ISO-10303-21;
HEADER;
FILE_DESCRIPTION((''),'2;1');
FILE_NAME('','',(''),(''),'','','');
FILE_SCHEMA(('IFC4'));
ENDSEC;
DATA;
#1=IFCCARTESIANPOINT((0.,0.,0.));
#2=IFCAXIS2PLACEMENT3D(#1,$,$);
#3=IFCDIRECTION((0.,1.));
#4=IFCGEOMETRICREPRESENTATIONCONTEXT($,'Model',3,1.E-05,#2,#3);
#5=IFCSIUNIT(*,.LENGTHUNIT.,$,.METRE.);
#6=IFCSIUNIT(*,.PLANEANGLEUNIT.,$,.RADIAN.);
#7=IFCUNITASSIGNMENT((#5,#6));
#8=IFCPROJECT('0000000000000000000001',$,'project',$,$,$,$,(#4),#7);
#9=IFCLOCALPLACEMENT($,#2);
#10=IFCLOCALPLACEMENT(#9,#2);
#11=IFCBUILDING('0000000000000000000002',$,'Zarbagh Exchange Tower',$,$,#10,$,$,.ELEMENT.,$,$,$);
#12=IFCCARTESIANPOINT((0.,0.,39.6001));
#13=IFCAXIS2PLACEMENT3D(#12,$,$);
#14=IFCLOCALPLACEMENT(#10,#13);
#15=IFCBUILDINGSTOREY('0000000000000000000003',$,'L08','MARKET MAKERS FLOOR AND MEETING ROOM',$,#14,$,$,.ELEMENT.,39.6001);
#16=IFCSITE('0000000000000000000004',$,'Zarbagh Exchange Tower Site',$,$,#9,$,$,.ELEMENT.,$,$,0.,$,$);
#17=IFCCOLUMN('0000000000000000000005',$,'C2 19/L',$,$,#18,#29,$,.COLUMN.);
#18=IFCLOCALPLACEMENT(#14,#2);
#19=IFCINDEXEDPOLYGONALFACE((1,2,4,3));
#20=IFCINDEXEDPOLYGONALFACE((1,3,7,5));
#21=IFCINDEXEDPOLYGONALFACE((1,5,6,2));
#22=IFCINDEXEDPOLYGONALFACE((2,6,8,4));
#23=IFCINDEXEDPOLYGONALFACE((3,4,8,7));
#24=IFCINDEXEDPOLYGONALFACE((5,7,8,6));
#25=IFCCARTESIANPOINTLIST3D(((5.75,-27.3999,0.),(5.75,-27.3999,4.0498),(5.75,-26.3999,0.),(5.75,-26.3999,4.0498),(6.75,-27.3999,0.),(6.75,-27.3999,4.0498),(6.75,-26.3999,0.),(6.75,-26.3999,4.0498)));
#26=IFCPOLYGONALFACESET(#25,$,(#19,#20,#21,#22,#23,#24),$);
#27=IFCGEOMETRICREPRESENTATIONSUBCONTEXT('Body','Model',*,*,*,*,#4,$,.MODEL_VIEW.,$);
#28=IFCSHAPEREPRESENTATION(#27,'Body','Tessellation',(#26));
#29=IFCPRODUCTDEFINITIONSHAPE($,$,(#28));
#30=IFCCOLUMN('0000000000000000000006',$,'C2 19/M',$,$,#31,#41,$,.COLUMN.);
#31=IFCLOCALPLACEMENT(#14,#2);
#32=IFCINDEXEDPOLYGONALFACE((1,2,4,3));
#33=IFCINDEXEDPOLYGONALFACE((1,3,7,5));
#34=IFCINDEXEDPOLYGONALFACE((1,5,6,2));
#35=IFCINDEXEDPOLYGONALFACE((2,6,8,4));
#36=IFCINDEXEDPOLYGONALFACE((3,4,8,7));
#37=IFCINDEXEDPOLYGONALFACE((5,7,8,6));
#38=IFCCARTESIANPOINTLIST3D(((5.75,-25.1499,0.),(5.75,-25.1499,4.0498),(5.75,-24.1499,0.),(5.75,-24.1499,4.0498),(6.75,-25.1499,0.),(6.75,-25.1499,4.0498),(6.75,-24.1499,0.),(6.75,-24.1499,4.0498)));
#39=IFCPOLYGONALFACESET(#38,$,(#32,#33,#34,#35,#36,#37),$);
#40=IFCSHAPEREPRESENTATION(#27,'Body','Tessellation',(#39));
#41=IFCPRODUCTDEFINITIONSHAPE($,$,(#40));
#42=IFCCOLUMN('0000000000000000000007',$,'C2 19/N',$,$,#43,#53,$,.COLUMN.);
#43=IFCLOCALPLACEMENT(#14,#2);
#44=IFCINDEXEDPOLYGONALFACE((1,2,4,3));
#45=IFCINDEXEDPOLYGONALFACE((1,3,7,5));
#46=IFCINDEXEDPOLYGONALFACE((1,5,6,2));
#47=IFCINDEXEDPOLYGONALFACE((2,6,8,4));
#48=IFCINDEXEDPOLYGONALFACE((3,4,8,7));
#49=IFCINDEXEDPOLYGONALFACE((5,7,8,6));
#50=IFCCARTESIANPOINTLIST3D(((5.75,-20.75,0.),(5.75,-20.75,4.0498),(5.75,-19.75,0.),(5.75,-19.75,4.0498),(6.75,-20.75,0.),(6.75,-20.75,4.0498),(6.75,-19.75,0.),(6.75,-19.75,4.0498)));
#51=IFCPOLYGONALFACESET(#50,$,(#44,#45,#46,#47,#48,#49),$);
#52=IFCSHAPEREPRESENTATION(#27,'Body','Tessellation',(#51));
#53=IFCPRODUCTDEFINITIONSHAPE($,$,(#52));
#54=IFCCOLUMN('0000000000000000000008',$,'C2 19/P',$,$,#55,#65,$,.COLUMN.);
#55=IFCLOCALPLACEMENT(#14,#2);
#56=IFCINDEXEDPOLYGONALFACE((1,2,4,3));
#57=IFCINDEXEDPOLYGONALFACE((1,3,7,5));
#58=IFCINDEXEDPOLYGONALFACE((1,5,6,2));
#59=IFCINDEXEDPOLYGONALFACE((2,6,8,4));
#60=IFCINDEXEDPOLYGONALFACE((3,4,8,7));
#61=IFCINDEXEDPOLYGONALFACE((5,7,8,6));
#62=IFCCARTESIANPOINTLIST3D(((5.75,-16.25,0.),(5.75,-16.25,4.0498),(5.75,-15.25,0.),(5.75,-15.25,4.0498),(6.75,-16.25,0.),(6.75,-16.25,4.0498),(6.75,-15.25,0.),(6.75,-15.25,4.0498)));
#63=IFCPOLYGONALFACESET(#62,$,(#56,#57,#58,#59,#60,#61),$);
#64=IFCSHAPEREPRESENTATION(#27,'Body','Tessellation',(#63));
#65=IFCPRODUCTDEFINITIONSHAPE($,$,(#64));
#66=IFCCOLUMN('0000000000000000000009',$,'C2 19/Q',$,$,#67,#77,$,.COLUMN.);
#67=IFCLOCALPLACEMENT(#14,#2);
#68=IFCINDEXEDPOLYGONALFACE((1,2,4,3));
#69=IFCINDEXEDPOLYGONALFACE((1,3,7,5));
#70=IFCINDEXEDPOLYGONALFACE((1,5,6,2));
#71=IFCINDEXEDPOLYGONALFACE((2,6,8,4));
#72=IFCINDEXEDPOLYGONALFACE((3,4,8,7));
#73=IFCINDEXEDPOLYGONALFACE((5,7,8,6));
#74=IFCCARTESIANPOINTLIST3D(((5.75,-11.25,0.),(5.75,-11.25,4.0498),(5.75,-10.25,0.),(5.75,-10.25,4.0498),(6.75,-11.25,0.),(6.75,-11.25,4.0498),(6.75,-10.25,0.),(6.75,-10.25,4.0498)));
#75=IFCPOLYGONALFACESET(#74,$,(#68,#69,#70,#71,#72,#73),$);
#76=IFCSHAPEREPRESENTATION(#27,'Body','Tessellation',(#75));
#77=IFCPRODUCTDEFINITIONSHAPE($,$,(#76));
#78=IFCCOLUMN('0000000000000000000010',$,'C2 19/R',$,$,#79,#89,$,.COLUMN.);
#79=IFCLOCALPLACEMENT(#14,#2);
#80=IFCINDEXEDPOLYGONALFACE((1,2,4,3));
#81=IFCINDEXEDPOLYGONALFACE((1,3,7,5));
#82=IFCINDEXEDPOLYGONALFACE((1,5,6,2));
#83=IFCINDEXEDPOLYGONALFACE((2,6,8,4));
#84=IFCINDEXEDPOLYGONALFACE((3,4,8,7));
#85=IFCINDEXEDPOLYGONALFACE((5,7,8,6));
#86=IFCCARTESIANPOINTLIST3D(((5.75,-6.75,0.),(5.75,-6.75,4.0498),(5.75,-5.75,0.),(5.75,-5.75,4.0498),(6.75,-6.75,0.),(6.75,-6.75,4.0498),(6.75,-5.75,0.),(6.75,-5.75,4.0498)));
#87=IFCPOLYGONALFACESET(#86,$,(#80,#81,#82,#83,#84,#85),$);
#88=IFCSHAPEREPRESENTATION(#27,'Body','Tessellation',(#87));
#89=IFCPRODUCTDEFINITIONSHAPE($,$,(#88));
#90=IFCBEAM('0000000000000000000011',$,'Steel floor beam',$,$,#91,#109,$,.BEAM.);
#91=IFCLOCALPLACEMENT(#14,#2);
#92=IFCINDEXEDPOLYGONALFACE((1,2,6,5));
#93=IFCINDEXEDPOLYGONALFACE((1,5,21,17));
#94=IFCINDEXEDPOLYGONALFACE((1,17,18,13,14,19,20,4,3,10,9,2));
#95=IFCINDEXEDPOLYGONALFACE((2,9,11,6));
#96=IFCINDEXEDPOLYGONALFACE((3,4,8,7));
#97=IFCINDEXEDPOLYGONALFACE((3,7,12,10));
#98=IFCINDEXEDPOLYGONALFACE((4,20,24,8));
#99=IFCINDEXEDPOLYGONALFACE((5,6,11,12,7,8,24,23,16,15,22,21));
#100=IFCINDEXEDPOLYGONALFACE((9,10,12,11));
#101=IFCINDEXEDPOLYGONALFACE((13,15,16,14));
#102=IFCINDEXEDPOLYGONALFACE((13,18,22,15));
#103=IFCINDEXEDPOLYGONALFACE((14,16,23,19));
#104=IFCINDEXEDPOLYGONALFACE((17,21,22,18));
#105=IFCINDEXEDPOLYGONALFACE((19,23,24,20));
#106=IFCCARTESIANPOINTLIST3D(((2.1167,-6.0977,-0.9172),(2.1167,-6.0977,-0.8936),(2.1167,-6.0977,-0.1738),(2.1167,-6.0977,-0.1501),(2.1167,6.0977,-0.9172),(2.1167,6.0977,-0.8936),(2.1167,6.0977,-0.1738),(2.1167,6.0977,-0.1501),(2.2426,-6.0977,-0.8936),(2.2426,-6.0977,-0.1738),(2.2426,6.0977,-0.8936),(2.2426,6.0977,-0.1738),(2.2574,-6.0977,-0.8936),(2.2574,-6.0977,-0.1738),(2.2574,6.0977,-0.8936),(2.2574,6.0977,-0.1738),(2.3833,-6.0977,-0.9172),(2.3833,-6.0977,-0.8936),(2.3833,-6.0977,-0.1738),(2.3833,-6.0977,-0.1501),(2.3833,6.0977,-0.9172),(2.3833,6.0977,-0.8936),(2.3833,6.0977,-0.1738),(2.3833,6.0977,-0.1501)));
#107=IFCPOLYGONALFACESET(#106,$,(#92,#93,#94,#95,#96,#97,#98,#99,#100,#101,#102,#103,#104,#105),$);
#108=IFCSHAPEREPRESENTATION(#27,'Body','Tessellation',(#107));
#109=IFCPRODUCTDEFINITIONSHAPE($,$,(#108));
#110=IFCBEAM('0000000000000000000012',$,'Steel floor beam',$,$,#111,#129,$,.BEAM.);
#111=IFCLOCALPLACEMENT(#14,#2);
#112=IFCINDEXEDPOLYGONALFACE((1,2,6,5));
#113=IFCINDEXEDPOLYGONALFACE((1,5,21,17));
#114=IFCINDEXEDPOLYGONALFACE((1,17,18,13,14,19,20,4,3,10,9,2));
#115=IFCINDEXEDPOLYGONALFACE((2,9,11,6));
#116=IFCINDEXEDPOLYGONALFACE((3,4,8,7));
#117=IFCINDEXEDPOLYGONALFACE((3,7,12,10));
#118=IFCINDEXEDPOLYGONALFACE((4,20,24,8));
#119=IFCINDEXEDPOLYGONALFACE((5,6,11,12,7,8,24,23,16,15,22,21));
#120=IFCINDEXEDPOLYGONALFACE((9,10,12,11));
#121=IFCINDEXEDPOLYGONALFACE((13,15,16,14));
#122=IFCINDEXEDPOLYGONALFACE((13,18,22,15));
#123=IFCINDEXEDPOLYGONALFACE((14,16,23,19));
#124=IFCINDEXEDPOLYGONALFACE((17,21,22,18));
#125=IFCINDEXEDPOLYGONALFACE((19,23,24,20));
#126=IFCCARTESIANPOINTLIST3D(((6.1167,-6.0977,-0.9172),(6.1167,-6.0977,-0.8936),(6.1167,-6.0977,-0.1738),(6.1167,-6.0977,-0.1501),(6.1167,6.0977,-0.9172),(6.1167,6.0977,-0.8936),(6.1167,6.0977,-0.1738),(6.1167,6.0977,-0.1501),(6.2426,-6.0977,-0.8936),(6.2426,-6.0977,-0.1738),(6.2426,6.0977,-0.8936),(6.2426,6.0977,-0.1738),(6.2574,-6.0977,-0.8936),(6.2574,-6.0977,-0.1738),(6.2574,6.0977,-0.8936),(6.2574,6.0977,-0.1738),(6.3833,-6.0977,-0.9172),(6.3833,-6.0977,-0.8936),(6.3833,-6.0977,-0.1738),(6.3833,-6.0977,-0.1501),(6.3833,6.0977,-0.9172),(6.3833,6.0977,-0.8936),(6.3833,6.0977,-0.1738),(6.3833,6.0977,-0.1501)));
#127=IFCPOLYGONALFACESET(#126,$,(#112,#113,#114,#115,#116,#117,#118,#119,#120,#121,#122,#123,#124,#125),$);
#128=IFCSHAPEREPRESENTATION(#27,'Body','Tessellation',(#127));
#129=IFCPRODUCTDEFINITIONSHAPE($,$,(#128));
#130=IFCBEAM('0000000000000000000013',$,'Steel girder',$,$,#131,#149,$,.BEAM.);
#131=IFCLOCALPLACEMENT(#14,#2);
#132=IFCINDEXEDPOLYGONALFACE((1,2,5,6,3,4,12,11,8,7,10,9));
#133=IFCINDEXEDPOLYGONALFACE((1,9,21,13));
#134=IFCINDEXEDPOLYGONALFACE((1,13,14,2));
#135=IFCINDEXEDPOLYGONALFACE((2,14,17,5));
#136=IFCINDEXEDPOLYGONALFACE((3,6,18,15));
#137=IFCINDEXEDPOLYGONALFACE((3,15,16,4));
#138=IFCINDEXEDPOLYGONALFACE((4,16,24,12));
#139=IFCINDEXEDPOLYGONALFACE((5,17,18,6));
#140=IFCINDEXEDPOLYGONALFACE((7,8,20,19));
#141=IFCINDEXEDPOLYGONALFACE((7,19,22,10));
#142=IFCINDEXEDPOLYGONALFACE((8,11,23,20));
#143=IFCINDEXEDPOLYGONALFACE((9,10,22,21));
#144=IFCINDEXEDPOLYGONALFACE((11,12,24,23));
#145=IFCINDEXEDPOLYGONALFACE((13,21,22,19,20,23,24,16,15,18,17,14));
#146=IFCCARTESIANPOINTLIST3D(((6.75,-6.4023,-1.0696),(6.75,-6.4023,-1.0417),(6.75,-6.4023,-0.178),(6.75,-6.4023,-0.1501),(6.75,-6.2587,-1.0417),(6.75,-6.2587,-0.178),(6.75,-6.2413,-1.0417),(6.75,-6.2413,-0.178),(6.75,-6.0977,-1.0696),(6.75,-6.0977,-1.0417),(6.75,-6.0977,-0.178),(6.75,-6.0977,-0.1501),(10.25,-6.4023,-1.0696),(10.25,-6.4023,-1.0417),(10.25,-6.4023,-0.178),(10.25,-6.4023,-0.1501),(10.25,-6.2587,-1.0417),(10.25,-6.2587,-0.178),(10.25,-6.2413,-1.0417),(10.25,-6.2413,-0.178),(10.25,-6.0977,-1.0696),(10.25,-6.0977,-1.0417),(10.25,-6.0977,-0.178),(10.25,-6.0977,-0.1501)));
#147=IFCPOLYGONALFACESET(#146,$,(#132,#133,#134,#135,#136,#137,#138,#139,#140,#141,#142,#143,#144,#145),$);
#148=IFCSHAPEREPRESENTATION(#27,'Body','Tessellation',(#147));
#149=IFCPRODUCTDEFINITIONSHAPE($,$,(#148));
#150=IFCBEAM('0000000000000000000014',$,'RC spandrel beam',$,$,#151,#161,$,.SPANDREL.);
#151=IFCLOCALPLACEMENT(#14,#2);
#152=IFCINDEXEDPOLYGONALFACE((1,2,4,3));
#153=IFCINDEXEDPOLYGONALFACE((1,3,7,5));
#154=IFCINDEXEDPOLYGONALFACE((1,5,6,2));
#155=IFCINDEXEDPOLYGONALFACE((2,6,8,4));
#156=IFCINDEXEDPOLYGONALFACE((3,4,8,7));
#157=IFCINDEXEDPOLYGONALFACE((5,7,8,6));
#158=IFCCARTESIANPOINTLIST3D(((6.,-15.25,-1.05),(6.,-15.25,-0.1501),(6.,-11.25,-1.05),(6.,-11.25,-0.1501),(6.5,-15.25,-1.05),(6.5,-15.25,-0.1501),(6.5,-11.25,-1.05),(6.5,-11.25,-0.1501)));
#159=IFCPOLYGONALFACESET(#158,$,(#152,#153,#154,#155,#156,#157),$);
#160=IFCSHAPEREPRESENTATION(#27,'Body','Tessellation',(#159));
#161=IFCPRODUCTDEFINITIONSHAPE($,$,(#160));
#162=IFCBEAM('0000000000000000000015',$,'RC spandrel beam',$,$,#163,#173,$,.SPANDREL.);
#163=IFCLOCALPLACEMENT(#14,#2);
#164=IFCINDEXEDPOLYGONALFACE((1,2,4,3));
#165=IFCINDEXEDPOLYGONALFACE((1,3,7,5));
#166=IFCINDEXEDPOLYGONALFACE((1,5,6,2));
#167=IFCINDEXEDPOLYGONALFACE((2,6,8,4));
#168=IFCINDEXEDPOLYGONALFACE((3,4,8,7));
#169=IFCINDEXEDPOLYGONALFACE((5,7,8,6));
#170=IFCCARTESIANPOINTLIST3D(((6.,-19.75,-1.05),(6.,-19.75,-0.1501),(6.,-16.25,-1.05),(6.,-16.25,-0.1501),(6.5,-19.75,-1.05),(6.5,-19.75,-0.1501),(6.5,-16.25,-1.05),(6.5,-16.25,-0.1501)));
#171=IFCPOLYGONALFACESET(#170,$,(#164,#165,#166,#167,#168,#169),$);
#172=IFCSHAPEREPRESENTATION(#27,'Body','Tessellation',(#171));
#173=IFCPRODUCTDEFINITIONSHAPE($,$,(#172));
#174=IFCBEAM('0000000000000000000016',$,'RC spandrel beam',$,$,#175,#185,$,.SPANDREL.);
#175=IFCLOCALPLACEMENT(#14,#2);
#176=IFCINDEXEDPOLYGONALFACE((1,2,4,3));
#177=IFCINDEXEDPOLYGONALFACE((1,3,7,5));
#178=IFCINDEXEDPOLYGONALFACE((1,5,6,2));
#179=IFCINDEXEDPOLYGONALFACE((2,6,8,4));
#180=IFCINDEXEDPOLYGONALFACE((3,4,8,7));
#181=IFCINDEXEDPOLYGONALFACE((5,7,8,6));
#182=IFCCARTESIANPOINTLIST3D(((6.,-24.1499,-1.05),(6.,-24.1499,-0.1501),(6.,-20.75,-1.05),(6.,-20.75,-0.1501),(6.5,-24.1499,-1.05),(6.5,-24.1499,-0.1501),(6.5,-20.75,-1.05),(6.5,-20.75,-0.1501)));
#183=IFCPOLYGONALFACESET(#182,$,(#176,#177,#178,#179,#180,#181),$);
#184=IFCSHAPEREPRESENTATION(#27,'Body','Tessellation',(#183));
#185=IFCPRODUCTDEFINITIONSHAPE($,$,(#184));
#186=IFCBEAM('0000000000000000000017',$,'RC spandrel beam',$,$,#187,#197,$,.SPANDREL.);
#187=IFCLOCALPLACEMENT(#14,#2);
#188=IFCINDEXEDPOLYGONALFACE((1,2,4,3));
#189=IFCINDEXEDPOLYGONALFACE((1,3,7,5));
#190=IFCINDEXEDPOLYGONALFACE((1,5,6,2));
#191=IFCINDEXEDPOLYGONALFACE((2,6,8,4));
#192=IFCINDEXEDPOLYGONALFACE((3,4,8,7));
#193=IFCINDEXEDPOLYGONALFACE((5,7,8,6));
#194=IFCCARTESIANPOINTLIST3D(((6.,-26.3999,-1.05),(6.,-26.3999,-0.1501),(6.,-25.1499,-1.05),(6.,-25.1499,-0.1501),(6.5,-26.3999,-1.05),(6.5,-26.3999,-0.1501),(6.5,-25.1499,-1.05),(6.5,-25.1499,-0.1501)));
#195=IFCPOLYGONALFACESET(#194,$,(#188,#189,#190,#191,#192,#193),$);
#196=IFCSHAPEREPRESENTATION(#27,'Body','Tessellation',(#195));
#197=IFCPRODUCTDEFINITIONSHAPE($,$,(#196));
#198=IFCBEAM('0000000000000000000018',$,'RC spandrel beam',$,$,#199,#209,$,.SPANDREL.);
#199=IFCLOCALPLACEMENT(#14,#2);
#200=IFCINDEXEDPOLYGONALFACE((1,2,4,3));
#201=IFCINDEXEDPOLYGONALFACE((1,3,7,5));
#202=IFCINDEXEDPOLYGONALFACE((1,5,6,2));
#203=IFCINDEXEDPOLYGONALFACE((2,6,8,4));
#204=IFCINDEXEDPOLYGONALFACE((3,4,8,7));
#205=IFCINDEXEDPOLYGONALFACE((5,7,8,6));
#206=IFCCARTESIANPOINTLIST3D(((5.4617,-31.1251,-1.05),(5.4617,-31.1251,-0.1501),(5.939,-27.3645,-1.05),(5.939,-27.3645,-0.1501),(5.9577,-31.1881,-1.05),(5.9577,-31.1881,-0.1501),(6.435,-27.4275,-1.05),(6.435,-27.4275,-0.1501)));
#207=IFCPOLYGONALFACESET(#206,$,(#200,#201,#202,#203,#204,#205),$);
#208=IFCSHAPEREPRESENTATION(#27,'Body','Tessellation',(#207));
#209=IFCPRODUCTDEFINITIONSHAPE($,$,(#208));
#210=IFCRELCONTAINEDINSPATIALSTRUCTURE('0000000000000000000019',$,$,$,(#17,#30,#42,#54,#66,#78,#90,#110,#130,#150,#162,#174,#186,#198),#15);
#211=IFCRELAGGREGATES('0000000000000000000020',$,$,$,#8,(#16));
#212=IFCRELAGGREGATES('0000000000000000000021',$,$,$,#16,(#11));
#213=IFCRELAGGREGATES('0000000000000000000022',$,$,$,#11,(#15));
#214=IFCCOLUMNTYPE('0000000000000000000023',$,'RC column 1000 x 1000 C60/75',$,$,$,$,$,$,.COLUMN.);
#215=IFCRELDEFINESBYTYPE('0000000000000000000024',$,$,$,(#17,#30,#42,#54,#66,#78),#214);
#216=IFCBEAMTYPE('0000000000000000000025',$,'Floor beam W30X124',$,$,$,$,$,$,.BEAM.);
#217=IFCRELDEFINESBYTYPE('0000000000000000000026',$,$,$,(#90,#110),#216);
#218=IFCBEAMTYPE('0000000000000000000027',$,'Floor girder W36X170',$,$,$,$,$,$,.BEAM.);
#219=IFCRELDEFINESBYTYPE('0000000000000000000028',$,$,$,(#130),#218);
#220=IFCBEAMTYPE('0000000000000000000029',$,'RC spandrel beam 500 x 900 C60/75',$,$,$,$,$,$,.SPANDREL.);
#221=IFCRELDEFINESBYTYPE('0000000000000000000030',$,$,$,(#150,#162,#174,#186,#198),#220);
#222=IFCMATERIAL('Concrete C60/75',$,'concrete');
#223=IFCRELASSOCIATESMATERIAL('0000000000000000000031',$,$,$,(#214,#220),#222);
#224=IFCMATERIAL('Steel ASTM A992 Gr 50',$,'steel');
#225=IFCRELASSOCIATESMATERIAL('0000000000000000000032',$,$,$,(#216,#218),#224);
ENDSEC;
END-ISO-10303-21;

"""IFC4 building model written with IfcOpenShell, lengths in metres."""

from ifc_helpers import new_model, si_unit, direction, frame, origin, origin_2d, place, context, subcontext, project, spatial, rectangle, i_section, extrude, material, material_profile, profile_set, type_object, element, save


model = new_model("IFC4")

# Units and contexts
model_context = context("Model", 3, precision=1e-05, world=origin(), true_north=direction((0.0, 1.0)))
body_context = subcontext(model_context, "Body", "Model", "MODEL_VIEW")
ifc_project = project(units=[si_unit("LENGTHUNIT", "METRE"), si_unit("PLANEANGLEUNIT", "RADIAN")], contexts=[model_context])

# Site, building, storey
site_placement = place(None, origin())
site = spatial("IfcSite", under=ifc_project, at=site_placement, Name="Zarbagh Exchange Tower Site", CompositionType="ELEMENT", RefElevation=0.0)
building_placement = place(site_placement, origin())
building = spatial("IfcBuilding", under=site, at=building_placement, Name="Zarbagh Exchange Tower", CompositionType="ELEMENT")
storey_placement = place(building_placement, frame((0.0, 0.0, 39.6001)))
storey = spatial("IfcBuildingStorey", under=building, at=storey_placement, Name="L08", Description="MARKET MAKERS FLOOR AND MEETING ROOM", CompositionType="ELEMENT", Elevation=39.6001)

# Columns
ifc_material_1 = material(Name="Concrete C60/75", Category="concrete")
ifc_material_profile_1 = material_profile(ifc_material_1, rectangle(XDim=1.0, YDim=1.0, at=origin_2d()), Name="RC column 1000 x 1000 C60/75")
ifc_profile_set_1 = profile_set([ifc_material_profile_1], Name="Concrete C60/75")
column_type = type_object("IfcColumnType", Name="RC column 1000 x 1000 C60/75", PredefinedType="COLUMN", material=ifc_profile_set_1)
for number, where, z_axis, x_axis, name in (
    (1, (6.25, -26.8999, 0.0), (0.0, 0.0, 1.0), (1.0, 0.0, 0.0), "C2 19/L"),
    (2, (6.25, -24.6499, 0.0), (0.0, 0.0, 1.0), (1.0, 0.0, 0.0), "C2 19/M"),
    (3, (6.25, -20.25, 0.0), (0.0, 0.0, 1.0), (1.0, 0.0, 0.0), "C2 19/N"),
    (4, (6.25, -15.75, 0.0), (0.0, 0.0, 1.0), (1.0, 0.0, 0.0), "C2 19/P"),
    (5, (6.25, -10.75, 0.0), (0.0, 0.0, 1.0), (1.0, 0.0, 0.0), "C2 19/Q"),
    (6, (6.25, -6.25, 0.0), (0.0, 0.0, 1.0), (1.0, 0.0, 0.0), "C2 19/R"),
):
    element("IfcColumn", number, at=place(storey_placement, frame(where, z_axis=z_axis, x_axis=x_axis)), inside=storey, type_object=column_type, Name=name, PredefinedType="COLUMN", context=body_context, shape_type="SweptSolid", body=[
        extrude(rectangle(XDim=1.0, YDim=1.0, at=origin_2d()), origin(), (0.0, 0.0, 1.0), 4.0498),
    ])

# Beams
ifc_material_2 = material(Name="Steel ASTM A992 Gr 50", Category="steel")
ifc_material_profile_2 = material_profile(ifc_material_2, i_section(OverallWidth=0.2666, OverallDepth=0.7671, WebThickness=0.0149, FlangeThickness=0.0237, at=origin_2d()), Name="W30X124")
ifc_profile_set_2 = profile_set([ifc_material_profile_2], Name="Steel ASTM A992 Gr 50")
beam_type_1 = type_object("IfcBeamType", Name="Floor beam W30X124", PredefinedType="BEAM", material=ifc_profile_set_2)
for number, where, z_axis, x_axis, name in (
    (7, (2.25, -6.0977, -0.5337), (0.0, 1.0, 0.0), (-1.0, 0.0, 0.0), "Steel floor beam"),
    (8, (6.25, -6.0977, -0.5337), (0.0, 1.0, 0.0), (-1.0, 0.0, 0.0), "Steel floor beam"),
):
    element("IfcBeam", number, at=place(storey_placement, frame(where, z_axis=z_axis, x_axis=x_axis)), inside=storey, type_object=beam_type_1, Name=name, PredefinedType="BEAM", context=body_context, shape_type="SweptSolid", body=[
        extrude(i_section(OverallWidth=0.2666, OverallDepth=0.7671, WebThickness=0.0149, FlangeThickness=0.0237, at=origin_2d()), origin(), (0.0, 0.0, 1.0), 12.1953),
    ])
ifc_material_profile_3 = material_profile(ifc_material_2, i_section(OverallWidth=0.3047, OverallDepth=0.9194, WebThickness=0.0173, FlangeThickness=0.0278, at=origin_2d()), Name="W36X170")
ifc_profile_set_3 = profile_set([ifc_material_profile_3], Name="Steel ASTM A992 Gr 50")
beam_type_2 = type_object("IfcBeamType", Name="Floor girder W36X170", PredefinedType="BEAM", material=ifc_profile_set_3)
beam_1_placement = place(storey_placement, frame((6.75, -6.25, -0.6099), z_axis=(1.0, 0.0, 0.0), x_axis=(0.0, 1.0, 0.0)))
element("IfcBeam", 9, at=beam_1_placement, inside=storey, type_object=beam_type_2, Name="Steel girder", PredefinedType="BEAM", context=body_context, shape_type="SweptSolid", body=[
    extrude(i_section(OverallWidth=0.3047, OverallDepth=0.9194, WebThickness=0.0173, FlangeThickness=0.0278, at=origin_2d()), origin(), (0.0, 0.0, 1.0), 3.5),
])
ifc_material_profile_4 = material_profile(ifc_material_1, rectangle(XDim=0.5, YDim=0.8999, at=origin_2d()), Name="RC spandrel beam 500 x 900 C60/75")
ifc_profile_set_4 = profile_set([ifc_material_profile_4], Name="Concrete C60/75")
beam_type_3 = type_object("IfcBeamType", Name="RC spandrel beam 500 x 900 C60/75", PredefinedType="SPANDREL", material=ifc_profile_set_4)
beam_2_placement = place(storey_placement, frame((6.25, -11.25, -0.6001), z_axis=(0.0, -1.0, 0.0), x_axis=(1.0, 0.0, 0.0)))
element("IfcBeam", 10, at=beam_2_placement, inside=storey, type_object=beam_type_3, Name="RC spandrel beam", PredefinedType="SPANDREL", context=body_context, shape_type="SweptSolid", body=[
    extrude(rectangle(XDim=0.5, YDim=0.8999, at=origin_2d()), origin(), (0.0, 0.0, 1.0), 4.0),
])
beam_3_placement = place(storey_placement, frame((6.25, -16.25, -0.6001), z_axis=(0.0, -1.0, 0.0), x_axis=(1.0, 0.0, 0.0)))
element("IfcBeam", 11, at=beam_3_placement, inside=storey, type_object=beam_type_3, Name="RC spandrel beam", PredefinedType="SPANDREL", context=body_context, shape_type="SweptSolid", body=[
    extrude(rectangle(XDim=0.5, YDim=0.8999, at=origin_2d()), origin(), (0.0, 0.0, 1.0), 3.5),
])
beam_4_placement = place(storey_placement, frame((6.25, -20.75, -0.6001), z_axis=(0.0, -1.0, 0.0), x_axis=(1.0, 0.0, 0.0)))
element("IfcBeam", 12, at=beam_4_placement, inside=storey, type_object=beam_type_3, Name="RC spandrel beam", PredefinedType="SPANDREL", context=body_context, shape_type="SweptSolid", body=[
    extrude(rectangle(XDim=0.5, YDim=0.8999, at=origin_2d()), origin(), (0.0, 0.0, 1.0), 3.3999),
])
beam_5_placement = place(storey_placement, frame((6.25, -25.1499, -0.6001), z_axis=(0.0, -1.0, 0.0), x_axis=(1.0, 0.0, 0.0)))
element("IfcBeam", 13, at=beam_5_placement, inside=storey, type_object=beam_type_3, Name="RC spandrel beam", PredefinedType="SPANDREL", context=body_context, shape_type="SweptSolid", body=[
    extrude(rectangle(XDim=0.5, YDim=0.8999, at=origin_2d()), origin(), (0.0, 0.0, 1.0), 1.25),
])
beam_6_placement = place(storey_placement, frame((6.187, -27.396, -0.6001), z_axis=(-0.125913, -0.992041, 0.0), x_axis=(0.992041, -0.125913, 0.0)))
element("IfcBeam", 14, at=beam_6_placement, inside=storey, type_object=beam_type_3, Name="RC spandrel beam", PredefinedType="SPANDREL", context=body_context, shape_type="SweptSolid", body=[
    extrude(rectangle(XDim=0.5, YDim=0.8999, at=origin_2d()), origin(), (0.0, 0.0, 1.0), 3.7908),
])

save(model, "model.ifc")
